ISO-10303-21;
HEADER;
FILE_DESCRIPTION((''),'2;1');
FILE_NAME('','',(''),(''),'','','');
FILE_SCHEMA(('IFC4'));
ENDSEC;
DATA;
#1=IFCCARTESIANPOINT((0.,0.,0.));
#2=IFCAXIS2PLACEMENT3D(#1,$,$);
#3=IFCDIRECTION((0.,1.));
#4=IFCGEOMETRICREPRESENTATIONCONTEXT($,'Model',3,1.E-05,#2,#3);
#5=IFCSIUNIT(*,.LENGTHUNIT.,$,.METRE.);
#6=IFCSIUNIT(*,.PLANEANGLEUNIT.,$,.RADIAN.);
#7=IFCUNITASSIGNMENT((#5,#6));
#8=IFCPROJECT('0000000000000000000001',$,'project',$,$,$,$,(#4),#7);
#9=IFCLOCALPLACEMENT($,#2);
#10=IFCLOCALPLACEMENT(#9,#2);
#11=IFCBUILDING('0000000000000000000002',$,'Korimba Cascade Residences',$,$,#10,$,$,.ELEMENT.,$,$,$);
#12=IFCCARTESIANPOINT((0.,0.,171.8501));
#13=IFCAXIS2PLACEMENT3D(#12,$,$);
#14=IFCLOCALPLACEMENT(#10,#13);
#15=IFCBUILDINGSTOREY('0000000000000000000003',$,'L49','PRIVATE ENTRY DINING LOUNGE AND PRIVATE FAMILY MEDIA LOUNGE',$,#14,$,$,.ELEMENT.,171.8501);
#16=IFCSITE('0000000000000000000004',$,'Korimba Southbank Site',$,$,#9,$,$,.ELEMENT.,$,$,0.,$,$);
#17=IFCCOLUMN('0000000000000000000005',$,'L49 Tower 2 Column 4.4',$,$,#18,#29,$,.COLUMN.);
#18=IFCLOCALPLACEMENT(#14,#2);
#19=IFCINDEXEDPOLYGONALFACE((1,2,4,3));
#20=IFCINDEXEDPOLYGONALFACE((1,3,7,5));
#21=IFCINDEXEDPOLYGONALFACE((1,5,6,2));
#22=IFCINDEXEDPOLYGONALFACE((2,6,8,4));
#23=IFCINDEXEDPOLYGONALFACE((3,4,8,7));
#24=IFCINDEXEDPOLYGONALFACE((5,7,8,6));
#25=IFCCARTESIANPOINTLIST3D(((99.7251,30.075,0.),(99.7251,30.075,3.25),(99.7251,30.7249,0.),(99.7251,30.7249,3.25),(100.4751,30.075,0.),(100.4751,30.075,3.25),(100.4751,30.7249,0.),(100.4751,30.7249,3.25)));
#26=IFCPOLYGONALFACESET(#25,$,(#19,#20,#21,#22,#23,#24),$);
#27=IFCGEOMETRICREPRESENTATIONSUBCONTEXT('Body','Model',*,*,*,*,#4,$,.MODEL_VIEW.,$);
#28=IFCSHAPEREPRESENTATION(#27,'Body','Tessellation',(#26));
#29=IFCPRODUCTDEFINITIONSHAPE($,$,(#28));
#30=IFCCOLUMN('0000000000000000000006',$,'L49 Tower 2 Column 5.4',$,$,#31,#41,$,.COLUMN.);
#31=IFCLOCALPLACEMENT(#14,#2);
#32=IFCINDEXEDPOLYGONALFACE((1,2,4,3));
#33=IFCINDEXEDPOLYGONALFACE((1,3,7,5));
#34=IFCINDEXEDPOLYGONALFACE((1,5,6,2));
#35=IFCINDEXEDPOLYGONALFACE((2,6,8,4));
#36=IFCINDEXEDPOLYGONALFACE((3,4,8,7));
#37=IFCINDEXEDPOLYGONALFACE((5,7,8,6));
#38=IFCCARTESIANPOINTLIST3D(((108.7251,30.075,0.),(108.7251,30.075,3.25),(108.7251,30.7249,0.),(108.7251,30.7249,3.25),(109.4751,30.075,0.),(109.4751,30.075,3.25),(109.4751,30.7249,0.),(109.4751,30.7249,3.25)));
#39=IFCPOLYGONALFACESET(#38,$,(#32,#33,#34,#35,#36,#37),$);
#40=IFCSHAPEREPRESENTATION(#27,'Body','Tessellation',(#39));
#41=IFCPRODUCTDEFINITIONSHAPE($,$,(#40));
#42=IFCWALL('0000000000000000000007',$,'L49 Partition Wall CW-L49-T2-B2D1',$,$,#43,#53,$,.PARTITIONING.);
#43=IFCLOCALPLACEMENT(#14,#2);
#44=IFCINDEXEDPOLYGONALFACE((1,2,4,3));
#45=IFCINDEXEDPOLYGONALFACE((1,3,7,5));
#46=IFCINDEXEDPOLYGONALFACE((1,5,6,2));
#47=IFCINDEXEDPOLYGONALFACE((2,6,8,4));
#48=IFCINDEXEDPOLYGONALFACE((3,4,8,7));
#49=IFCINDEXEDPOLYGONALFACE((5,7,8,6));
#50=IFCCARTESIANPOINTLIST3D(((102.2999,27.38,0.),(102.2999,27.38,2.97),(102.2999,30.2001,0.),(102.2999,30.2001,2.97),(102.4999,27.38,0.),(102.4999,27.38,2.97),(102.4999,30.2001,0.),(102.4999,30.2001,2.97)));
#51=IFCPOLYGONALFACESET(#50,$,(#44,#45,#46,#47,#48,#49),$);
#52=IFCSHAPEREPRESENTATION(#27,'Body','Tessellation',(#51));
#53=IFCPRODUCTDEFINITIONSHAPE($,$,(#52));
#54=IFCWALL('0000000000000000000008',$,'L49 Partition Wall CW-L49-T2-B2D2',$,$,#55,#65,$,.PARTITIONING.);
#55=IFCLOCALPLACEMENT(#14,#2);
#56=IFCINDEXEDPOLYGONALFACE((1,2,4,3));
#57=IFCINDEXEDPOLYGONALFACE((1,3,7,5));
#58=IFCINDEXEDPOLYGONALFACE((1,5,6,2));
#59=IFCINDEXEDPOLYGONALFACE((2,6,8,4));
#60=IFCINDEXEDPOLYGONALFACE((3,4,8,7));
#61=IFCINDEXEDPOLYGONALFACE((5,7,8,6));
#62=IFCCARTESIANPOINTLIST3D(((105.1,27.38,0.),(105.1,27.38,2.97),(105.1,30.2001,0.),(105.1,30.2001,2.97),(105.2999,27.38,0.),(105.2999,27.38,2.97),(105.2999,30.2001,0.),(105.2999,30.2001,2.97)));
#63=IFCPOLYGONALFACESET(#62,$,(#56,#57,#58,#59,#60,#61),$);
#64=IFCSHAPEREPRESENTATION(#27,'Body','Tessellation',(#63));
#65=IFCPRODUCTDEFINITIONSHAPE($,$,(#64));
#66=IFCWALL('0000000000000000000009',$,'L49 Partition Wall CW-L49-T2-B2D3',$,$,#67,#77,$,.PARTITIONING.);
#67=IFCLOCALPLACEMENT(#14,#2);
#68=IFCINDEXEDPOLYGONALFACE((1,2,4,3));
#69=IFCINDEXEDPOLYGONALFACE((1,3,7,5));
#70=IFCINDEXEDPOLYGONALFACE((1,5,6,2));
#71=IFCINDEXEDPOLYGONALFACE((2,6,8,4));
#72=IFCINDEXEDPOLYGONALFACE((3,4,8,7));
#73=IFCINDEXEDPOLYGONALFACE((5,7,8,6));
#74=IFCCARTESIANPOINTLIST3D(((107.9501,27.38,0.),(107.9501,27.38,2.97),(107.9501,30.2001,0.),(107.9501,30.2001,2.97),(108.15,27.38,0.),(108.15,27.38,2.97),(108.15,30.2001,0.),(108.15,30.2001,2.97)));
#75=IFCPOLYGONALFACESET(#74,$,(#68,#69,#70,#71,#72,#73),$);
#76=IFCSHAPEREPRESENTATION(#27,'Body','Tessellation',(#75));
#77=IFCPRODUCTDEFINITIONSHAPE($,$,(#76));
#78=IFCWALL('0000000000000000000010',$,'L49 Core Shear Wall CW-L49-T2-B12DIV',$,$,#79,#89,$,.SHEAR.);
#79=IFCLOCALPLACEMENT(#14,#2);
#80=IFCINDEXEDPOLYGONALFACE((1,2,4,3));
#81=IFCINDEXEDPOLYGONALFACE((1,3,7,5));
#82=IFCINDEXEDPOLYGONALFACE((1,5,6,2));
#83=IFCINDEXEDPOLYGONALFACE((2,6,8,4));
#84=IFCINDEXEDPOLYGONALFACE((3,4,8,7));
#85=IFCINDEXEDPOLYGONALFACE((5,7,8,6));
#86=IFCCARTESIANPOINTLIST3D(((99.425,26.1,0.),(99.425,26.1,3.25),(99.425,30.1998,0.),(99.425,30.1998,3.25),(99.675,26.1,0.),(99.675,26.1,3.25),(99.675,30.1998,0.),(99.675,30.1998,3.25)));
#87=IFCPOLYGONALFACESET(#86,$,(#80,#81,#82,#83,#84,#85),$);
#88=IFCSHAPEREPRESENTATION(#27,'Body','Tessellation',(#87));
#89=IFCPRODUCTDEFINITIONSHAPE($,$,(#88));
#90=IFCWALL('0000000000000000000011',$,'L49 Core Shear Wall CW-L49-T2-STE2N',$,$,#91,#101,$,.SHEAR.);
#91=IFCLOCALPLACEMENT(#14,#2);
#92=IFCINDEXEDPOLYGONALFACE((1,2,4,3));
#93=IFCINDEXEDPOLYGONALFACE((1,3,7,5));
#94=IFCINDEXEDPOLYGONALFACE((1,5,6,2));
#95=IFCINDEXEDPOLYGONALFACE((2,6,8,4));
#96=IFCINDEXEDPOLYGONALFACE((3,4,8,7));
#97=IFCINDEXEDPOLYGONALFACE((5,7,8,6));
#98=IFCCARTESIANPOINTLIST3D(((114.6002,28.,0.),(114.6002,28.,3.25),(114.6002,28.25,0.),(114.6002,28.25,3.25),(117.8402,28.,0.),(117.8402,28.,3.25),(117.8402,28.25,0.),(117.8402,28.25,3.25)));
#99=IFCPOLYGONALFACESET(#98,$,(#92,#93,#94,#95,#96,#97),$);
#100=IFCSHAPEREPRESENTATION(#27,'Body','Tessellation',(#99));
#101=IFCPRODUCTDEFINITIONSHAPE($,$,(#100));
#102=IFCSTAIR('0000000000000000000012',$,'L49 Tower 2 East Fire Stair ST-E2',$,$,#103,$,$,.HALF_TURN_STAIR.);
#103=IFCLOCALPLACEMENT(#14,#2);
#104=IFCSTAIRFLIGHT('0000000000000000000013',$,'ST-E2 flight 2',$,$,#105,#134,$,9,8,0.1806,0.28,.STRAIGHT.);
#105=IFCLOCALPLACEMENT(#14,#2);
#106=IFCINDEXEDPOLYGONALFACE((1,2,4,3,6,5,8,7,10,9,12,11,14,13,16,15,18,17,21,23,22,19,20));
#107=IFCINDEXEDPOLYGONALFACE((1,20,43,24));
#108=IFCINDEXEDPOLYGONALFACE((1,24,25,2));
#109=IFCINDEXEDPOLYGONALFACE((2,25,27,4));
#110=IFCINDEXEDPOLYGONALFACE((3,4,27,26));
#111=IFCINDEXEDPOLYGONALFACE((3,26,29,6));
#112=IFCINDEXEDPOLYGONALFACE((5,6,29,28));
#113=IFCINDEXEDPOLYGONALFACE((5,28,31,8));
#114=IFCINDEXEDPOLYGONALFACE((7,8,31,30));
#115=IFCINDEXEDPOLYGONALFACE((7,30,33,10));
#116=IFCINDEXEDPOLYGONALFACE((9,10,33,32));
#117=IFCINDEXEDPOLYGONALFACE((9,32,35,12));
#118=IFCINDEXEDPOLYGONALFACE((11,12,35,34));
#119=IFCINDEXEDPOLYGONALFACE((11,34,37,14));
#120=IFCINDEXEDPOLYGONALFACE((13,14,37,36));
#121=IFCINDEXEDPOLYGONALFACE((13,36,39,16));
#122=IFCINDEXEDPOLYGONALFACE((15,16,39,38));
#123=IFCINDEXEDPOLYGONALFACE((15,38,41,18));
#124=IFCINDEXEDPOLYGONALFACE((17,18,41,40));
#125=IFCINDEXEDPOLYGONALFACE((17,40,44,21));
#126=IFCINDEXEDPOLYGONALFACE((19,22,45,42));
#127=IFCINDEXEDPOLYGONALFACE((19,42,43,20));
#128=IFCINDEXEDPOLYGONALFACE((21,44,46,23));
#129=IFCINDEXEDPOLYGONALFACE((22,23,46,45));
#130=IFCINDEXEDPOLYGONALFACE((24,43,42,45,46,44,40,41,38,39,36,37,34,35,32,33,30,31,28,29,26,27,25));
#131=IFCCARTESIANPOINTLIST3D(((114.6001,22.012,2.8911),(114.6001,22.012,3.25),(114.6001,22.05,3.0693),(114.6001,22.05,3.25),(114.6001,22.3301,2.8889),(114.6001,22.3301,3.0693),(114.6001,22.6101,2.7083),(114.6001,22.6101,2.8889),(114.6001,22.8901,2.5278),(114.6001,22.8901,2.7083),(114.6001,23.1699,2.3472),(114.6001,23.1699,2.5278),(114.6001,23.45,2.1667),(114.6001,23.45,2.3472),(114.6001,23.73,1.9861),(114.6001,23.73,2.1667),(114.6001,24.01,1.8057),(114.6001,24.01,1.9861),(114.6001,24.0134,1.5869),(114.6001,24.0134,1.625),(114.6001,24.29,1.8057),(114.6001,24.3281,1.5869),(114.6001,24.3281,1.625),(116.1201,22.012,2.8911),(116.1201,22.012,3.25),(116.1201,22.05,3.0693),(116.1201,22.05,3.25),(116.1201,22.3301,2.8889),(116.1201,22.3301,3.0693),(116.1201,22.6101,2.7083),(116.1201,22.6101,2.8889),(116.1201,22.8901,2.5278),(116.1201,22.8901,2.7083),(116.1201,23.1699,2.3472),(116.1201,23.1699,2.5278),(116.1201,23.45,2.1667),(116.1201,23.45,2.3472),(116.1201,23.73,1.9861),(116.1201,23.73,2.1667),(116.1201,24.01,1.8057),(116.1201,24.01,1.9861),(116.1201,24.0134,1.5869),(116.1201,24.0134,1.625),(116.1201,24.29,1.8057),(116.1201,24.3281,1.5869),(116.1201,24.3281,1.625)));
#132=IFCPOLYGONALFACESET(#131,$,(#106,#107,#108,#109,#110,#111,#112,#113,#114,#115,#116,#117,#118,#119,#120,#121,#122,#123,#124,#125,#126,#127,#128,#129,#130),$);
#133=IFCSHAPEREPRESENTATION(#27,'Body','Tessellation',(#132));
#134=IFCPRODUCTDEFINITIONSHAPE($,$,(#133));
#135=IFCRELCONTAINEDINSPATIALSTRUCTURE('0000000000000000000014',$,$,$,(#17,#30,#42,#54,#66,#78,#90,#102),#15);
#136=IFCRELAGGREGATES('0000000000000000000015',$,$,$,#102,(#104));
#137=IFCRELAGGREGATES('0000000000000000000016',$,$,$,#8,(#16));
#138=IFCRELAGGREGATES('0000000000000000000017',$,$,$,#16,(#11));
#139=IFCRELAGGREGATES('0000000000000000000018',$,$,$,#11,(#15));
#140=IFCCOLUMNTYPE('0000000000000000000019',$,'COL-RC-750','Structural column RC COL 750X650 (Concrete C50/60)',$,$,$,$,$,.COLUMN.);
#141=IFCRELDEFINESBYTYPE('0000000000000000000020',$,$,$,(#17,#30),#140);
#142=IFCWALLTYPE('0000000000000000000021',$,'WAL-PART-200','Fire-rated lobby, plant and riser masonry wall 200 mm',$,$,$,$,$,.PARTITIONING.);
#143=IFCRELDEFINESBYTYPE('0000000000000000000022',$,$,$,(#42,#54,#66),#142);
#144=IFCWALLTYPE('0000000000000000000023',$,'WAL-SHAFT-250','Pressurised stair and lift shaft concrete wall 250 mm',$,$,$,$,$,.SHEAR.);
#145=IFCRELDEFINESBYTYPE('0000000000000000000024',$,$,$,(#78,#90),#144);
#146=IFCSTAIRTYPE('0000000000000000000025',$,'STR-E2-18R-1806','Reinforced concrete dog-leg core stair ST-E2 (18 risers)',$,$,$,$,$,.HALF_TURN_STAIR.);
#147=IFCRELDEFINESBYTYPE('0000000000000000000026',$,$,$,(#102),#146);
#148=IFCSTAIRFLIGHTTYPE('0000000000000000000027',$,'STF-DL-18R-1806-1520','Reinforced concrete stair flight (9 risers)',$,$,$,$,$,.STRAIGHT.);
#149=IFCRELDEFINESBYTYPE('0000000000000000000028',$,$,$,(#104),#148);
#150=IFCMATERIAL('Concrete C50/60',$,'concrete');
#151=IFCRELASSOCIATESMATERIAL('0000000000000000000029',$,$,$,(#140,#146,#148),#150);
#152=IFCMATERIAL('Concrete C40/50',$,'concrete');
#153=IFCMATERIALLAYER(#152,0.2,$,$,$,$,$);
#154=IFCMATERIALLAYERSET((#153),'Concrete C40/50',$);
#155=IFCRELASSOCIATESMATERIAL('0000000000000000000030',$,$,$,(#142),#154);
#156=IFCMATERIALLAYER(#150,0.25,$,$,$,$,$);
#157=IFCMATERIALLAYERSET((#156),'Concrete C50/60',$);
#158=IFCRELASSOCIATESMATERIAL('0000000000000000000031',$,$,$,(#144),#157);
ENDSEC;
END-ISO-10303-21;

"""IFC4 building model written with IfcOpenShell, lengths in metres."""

from ifc_helpers import new_model, si_unit, direction, frame, frame_2d, origin, origin_2d, place, context, subcontext, project, spatial, polyline, rectangle, outline, extrude, material, layer, layer_set, material_profile, profile_set, type_object, element, aggregate, save


model = new_model("IFC4")

# Units and contexts
model_context = context("Model", 3, precision=1e-05, world=origin(), true_north=direction((0.0, 1.0)))
body_context = subcontext(model_context, "Body", "Model", "MODEL_VIEW")
ifc_project = project(units=[si_unit("LENGTHUNIT", "METRE"), si_unit("PLANEANGLEUNIT", "RADIAN")], contexts=[model_context])

# Site, building, storey
site_placement = place(None, origin())
site = spatial("IfcSite", under=ifc_project, at=site_placement, Name="Korimba Southbank Site", CompositionType="ELEMENT", RefElevation=0.0)
building_placement = place(site_placement, origin())
building = spatial("IfcBuilding", under=site, at=building_placement, Name="Korimba Cascade Residences", CompositionType="ELEMENT")
storey_placement = place(building_placement, frame((0.0, 0.0, 171.8501)))
storey = spatial("IfcBuildingStorey", under=building, at=storey_placement, Name="L49", Description="PRIVATE ENTRY DINING LOUNGE AND PRIVATE FAMILY MEDIA LOUNGE", CompositionType="ELEMENT", Elevation=171.8501)

# Columns
ifc_material_1 = material(Name="Concrete C50/60", Category="concrete")
ifc_material_profile = material_profile(ifc_material_1, rectangle(XDim=0.75, YDim=0.6499, at=origin_2d()), Name="Concrete C50/60")
ifc_profile_set = profile_set([ifc_material_profile], Name="Concrete C50/60")
column_type = type_object("IfcColumnType", Name="COL-RC-750", Description="Structural column RC COL 750X650 (Concrete C50/60)", PredefinedType="COLUMN", material=ifc_profile_set)
for number, where, z_axis, x_axis, name in (
    (1, (100.1001, 30.3999, 0.0), (0.0, 0.0, 1.0), (1.0, 0.0, 0.0), "L49 Tower 2 Column 4.4"),
    (2, (109.1001, 30.3999, 0.0), (0.0, 0.0, 1.0), (1.0, 0.0, 0.0), "L49 Tower 2 Column 5.4"),
):
    element("IfcColumn", number, at=place(storey_placement, frame(where, z_axis=z_axis, x_axis=x_axis)), inside=storey, type_object=column_type, Name=name, PredefinedType="COLUMN", context=body_context, shape_type="SweptSolid", body=[
        extrude(rectangle(XDim=0.75, YDim=0.6499, at=origin_2d()), origin(), (0.0, 0.0, 1.0), 3.25),
    ])

# Walls
ifc_material_2 = material(Name="Concrete C40/50", Category="concrete")
ifc_layer_1 = layer(ifc_material_2, 0.2)
ifc_layer_set_1 = layer_set([ifc_layer_1], Name="Concrete C40/50")
wall_type_1 = type_object("IfcWallType", Name="WAL-PART-200", Description="Fire-rated lobby, plant and riser masonry wall 200 mm", PredefinedType="PARTITIONING", material=ifc_layer_set_1)
for number, where, z_axis, x_axis, name in (
    (3, (102.3999, 27.3799, 0.0), (0.0, 0.0, 1.0), (0.0, 1.0, 0.0), "L49 Partition Wall CW-L49-T2-B2D1"),
    (4, (105.2, 27.3799, 0.0), (0.0, 0.0, 1.0), (0.0, 1.0, 0.0), "L49 Partition Wall CW-L49-T2-B2D2"),
    (5, (108.05, 27.3799, 0.0), (0.0, 0.0, 1.0), (0.0, 1.0, 0.0), "L49 Partition Wall CW-L49-T2-B2D3"),
):
    element("IfcWall", number, at=place(storey_placement, frame(where, z_axis=z_axis, x_axis=x_axis)), inside=storey, type_object=wall_type_1, Name=name, PredefinedType="PARTITIONING", context=body_context, shape_type="SweptSolid", body=[
        extrude(rectangle(XDim=2.8201, YDim=0.2, at=frame_2d((1.4102, 0.0))), origin(), (0.0, 0.0, 1.0), 2.97),
    ])
ifc_layer_2 = layer(ifc_material_1, 0.25)
ifc_layer_set_2 = layer_set([ifc_layer_2], Name="Concrete C50/60")
wall_type_2 = type_object("IfcWallType", Name="WAL-SHAFT-250", Description="Pressurised stair and lift shaft concrete wall 250 mm", PredefinedType="SHEAR", material=ifc_layer_set_2)
wall_1_placement = place(storey_placement, frame((99.55, 26.1001, 0.0), z_axis=(0.0, 0.0, 1.0), x_axis=(0.0, 1.0, 0.0)))
element("IfcWall", 6, at=wall_1_placement, inside=storey, type_object=wall_type_2, Name="L49 Core Shear Wall CW-L49-T2-B12DIV", PredefinedType="SHEAR", context=body_context, shape_type="SweptSolid", body=[
    extrude(rectangle(XDim=4.0999, YDim=0.25, at=frame_2d((2.0498, 0.0))), origin(), (0.0, 0.0, 1.0), 3.25),
])

# Wall
wall_2_placement = place(storey_placement, frame((114.6001, 28.125, 0.0), z_axis=(0.0, 0.0, 1.0), x_axis=(1.0, 0.0, 0.0)))
element("IfcWall", 7, at=wall_2_placement, inside=storey, type_object=wall_type_2, Name="L49 Core Shear Wall CW-L49-T2-STE2N", PredefinedType="SHEAR", context=body_context, shape_type="SweptSolid", body=[
    extrude(rectangle(XDim=3.24, YDim=0.25, at=frame_2d((1.6201, 0.0))), origin(), (0.0, 0.0, 1.0), 3.25),
])

# Stair, stair flight
stair_type = type_object("IfcStairType", Name="STR-E2-18R-1806", Description="Reinforced concrete dog-leg core stair ST-E2 (18 risers)", PredefinedType="HALF_TURN_STAIR", material=ifc_material_1)
stair_placement = place(storey_placement, origin())
stair = element("IfcStair", 8, at=stair_placement, inside=storey, type_object=stair_type, Name="L49 Tower 2 East Fire Stair ST-E2", PredefinedType="HALF_TURN_STAIR")
stair_flight_type = type_object("IfcStairFlightType", Name="STF-DL-18R-1806-1520", Description="Reinforced concrete stair flight (9 risers)", PredefinedType="STRAIGHT", material=ifc_material_1)
stair_flight_placement = place(storey_placement, frame((115.3601, 24.29, 1.625), z_axis=(0.0, 0.0, 1.0), x_axis=(0.0, -1.0, 0.0)))
stair_flight = element("IfcStairFlight", 9, at=stair_flight_placement, type_object=stair_flight_type, Name="ST-E2 flight 2", NumberOfRisers=9, NumberOfTreads=8, PredefinedType="STRAIGHT", RiserHeight=0.1806, TreadLength=0.28, context=body_context, shape_type="SweptSolid", body=[
    extrude(outline(polyline([(-0.0381, 0.0), (0.0, 0.1807), (0.28, 0.1807), (0.28, 0.3611), (0.5601, 0.3611), (0.5601, 0.5417), (0.8401, 0.5417), (0.8401, 0.7222), (1.1201, 0.7222), (1.1201, 0.9028), (1.3999, 0.9028), (1.3999, 1.0833), (1.6799, 1.0833), (1.6799, 1.2639), (1.96, 1.2639), (1.96, 1.4443), (2.24, 1.4443), (2.24, 1.625), (2.2781, 1.625), (2.2781, 1.2661), (0.2766, 0.0), (0.2766, -0.0381), (-0.0381, -0.0381), (-0.0381, 0.0)])), frame((0.0, 0.76, 0.0), z_axis=(0.0, -1.0, 0.0), x_axis=(1.0, 0.0, 0.0)), (0.0, 0.0, 1.0), 1.52),
])
aggregate(stair, [stair_flight])

save(model, "model.ifc")
